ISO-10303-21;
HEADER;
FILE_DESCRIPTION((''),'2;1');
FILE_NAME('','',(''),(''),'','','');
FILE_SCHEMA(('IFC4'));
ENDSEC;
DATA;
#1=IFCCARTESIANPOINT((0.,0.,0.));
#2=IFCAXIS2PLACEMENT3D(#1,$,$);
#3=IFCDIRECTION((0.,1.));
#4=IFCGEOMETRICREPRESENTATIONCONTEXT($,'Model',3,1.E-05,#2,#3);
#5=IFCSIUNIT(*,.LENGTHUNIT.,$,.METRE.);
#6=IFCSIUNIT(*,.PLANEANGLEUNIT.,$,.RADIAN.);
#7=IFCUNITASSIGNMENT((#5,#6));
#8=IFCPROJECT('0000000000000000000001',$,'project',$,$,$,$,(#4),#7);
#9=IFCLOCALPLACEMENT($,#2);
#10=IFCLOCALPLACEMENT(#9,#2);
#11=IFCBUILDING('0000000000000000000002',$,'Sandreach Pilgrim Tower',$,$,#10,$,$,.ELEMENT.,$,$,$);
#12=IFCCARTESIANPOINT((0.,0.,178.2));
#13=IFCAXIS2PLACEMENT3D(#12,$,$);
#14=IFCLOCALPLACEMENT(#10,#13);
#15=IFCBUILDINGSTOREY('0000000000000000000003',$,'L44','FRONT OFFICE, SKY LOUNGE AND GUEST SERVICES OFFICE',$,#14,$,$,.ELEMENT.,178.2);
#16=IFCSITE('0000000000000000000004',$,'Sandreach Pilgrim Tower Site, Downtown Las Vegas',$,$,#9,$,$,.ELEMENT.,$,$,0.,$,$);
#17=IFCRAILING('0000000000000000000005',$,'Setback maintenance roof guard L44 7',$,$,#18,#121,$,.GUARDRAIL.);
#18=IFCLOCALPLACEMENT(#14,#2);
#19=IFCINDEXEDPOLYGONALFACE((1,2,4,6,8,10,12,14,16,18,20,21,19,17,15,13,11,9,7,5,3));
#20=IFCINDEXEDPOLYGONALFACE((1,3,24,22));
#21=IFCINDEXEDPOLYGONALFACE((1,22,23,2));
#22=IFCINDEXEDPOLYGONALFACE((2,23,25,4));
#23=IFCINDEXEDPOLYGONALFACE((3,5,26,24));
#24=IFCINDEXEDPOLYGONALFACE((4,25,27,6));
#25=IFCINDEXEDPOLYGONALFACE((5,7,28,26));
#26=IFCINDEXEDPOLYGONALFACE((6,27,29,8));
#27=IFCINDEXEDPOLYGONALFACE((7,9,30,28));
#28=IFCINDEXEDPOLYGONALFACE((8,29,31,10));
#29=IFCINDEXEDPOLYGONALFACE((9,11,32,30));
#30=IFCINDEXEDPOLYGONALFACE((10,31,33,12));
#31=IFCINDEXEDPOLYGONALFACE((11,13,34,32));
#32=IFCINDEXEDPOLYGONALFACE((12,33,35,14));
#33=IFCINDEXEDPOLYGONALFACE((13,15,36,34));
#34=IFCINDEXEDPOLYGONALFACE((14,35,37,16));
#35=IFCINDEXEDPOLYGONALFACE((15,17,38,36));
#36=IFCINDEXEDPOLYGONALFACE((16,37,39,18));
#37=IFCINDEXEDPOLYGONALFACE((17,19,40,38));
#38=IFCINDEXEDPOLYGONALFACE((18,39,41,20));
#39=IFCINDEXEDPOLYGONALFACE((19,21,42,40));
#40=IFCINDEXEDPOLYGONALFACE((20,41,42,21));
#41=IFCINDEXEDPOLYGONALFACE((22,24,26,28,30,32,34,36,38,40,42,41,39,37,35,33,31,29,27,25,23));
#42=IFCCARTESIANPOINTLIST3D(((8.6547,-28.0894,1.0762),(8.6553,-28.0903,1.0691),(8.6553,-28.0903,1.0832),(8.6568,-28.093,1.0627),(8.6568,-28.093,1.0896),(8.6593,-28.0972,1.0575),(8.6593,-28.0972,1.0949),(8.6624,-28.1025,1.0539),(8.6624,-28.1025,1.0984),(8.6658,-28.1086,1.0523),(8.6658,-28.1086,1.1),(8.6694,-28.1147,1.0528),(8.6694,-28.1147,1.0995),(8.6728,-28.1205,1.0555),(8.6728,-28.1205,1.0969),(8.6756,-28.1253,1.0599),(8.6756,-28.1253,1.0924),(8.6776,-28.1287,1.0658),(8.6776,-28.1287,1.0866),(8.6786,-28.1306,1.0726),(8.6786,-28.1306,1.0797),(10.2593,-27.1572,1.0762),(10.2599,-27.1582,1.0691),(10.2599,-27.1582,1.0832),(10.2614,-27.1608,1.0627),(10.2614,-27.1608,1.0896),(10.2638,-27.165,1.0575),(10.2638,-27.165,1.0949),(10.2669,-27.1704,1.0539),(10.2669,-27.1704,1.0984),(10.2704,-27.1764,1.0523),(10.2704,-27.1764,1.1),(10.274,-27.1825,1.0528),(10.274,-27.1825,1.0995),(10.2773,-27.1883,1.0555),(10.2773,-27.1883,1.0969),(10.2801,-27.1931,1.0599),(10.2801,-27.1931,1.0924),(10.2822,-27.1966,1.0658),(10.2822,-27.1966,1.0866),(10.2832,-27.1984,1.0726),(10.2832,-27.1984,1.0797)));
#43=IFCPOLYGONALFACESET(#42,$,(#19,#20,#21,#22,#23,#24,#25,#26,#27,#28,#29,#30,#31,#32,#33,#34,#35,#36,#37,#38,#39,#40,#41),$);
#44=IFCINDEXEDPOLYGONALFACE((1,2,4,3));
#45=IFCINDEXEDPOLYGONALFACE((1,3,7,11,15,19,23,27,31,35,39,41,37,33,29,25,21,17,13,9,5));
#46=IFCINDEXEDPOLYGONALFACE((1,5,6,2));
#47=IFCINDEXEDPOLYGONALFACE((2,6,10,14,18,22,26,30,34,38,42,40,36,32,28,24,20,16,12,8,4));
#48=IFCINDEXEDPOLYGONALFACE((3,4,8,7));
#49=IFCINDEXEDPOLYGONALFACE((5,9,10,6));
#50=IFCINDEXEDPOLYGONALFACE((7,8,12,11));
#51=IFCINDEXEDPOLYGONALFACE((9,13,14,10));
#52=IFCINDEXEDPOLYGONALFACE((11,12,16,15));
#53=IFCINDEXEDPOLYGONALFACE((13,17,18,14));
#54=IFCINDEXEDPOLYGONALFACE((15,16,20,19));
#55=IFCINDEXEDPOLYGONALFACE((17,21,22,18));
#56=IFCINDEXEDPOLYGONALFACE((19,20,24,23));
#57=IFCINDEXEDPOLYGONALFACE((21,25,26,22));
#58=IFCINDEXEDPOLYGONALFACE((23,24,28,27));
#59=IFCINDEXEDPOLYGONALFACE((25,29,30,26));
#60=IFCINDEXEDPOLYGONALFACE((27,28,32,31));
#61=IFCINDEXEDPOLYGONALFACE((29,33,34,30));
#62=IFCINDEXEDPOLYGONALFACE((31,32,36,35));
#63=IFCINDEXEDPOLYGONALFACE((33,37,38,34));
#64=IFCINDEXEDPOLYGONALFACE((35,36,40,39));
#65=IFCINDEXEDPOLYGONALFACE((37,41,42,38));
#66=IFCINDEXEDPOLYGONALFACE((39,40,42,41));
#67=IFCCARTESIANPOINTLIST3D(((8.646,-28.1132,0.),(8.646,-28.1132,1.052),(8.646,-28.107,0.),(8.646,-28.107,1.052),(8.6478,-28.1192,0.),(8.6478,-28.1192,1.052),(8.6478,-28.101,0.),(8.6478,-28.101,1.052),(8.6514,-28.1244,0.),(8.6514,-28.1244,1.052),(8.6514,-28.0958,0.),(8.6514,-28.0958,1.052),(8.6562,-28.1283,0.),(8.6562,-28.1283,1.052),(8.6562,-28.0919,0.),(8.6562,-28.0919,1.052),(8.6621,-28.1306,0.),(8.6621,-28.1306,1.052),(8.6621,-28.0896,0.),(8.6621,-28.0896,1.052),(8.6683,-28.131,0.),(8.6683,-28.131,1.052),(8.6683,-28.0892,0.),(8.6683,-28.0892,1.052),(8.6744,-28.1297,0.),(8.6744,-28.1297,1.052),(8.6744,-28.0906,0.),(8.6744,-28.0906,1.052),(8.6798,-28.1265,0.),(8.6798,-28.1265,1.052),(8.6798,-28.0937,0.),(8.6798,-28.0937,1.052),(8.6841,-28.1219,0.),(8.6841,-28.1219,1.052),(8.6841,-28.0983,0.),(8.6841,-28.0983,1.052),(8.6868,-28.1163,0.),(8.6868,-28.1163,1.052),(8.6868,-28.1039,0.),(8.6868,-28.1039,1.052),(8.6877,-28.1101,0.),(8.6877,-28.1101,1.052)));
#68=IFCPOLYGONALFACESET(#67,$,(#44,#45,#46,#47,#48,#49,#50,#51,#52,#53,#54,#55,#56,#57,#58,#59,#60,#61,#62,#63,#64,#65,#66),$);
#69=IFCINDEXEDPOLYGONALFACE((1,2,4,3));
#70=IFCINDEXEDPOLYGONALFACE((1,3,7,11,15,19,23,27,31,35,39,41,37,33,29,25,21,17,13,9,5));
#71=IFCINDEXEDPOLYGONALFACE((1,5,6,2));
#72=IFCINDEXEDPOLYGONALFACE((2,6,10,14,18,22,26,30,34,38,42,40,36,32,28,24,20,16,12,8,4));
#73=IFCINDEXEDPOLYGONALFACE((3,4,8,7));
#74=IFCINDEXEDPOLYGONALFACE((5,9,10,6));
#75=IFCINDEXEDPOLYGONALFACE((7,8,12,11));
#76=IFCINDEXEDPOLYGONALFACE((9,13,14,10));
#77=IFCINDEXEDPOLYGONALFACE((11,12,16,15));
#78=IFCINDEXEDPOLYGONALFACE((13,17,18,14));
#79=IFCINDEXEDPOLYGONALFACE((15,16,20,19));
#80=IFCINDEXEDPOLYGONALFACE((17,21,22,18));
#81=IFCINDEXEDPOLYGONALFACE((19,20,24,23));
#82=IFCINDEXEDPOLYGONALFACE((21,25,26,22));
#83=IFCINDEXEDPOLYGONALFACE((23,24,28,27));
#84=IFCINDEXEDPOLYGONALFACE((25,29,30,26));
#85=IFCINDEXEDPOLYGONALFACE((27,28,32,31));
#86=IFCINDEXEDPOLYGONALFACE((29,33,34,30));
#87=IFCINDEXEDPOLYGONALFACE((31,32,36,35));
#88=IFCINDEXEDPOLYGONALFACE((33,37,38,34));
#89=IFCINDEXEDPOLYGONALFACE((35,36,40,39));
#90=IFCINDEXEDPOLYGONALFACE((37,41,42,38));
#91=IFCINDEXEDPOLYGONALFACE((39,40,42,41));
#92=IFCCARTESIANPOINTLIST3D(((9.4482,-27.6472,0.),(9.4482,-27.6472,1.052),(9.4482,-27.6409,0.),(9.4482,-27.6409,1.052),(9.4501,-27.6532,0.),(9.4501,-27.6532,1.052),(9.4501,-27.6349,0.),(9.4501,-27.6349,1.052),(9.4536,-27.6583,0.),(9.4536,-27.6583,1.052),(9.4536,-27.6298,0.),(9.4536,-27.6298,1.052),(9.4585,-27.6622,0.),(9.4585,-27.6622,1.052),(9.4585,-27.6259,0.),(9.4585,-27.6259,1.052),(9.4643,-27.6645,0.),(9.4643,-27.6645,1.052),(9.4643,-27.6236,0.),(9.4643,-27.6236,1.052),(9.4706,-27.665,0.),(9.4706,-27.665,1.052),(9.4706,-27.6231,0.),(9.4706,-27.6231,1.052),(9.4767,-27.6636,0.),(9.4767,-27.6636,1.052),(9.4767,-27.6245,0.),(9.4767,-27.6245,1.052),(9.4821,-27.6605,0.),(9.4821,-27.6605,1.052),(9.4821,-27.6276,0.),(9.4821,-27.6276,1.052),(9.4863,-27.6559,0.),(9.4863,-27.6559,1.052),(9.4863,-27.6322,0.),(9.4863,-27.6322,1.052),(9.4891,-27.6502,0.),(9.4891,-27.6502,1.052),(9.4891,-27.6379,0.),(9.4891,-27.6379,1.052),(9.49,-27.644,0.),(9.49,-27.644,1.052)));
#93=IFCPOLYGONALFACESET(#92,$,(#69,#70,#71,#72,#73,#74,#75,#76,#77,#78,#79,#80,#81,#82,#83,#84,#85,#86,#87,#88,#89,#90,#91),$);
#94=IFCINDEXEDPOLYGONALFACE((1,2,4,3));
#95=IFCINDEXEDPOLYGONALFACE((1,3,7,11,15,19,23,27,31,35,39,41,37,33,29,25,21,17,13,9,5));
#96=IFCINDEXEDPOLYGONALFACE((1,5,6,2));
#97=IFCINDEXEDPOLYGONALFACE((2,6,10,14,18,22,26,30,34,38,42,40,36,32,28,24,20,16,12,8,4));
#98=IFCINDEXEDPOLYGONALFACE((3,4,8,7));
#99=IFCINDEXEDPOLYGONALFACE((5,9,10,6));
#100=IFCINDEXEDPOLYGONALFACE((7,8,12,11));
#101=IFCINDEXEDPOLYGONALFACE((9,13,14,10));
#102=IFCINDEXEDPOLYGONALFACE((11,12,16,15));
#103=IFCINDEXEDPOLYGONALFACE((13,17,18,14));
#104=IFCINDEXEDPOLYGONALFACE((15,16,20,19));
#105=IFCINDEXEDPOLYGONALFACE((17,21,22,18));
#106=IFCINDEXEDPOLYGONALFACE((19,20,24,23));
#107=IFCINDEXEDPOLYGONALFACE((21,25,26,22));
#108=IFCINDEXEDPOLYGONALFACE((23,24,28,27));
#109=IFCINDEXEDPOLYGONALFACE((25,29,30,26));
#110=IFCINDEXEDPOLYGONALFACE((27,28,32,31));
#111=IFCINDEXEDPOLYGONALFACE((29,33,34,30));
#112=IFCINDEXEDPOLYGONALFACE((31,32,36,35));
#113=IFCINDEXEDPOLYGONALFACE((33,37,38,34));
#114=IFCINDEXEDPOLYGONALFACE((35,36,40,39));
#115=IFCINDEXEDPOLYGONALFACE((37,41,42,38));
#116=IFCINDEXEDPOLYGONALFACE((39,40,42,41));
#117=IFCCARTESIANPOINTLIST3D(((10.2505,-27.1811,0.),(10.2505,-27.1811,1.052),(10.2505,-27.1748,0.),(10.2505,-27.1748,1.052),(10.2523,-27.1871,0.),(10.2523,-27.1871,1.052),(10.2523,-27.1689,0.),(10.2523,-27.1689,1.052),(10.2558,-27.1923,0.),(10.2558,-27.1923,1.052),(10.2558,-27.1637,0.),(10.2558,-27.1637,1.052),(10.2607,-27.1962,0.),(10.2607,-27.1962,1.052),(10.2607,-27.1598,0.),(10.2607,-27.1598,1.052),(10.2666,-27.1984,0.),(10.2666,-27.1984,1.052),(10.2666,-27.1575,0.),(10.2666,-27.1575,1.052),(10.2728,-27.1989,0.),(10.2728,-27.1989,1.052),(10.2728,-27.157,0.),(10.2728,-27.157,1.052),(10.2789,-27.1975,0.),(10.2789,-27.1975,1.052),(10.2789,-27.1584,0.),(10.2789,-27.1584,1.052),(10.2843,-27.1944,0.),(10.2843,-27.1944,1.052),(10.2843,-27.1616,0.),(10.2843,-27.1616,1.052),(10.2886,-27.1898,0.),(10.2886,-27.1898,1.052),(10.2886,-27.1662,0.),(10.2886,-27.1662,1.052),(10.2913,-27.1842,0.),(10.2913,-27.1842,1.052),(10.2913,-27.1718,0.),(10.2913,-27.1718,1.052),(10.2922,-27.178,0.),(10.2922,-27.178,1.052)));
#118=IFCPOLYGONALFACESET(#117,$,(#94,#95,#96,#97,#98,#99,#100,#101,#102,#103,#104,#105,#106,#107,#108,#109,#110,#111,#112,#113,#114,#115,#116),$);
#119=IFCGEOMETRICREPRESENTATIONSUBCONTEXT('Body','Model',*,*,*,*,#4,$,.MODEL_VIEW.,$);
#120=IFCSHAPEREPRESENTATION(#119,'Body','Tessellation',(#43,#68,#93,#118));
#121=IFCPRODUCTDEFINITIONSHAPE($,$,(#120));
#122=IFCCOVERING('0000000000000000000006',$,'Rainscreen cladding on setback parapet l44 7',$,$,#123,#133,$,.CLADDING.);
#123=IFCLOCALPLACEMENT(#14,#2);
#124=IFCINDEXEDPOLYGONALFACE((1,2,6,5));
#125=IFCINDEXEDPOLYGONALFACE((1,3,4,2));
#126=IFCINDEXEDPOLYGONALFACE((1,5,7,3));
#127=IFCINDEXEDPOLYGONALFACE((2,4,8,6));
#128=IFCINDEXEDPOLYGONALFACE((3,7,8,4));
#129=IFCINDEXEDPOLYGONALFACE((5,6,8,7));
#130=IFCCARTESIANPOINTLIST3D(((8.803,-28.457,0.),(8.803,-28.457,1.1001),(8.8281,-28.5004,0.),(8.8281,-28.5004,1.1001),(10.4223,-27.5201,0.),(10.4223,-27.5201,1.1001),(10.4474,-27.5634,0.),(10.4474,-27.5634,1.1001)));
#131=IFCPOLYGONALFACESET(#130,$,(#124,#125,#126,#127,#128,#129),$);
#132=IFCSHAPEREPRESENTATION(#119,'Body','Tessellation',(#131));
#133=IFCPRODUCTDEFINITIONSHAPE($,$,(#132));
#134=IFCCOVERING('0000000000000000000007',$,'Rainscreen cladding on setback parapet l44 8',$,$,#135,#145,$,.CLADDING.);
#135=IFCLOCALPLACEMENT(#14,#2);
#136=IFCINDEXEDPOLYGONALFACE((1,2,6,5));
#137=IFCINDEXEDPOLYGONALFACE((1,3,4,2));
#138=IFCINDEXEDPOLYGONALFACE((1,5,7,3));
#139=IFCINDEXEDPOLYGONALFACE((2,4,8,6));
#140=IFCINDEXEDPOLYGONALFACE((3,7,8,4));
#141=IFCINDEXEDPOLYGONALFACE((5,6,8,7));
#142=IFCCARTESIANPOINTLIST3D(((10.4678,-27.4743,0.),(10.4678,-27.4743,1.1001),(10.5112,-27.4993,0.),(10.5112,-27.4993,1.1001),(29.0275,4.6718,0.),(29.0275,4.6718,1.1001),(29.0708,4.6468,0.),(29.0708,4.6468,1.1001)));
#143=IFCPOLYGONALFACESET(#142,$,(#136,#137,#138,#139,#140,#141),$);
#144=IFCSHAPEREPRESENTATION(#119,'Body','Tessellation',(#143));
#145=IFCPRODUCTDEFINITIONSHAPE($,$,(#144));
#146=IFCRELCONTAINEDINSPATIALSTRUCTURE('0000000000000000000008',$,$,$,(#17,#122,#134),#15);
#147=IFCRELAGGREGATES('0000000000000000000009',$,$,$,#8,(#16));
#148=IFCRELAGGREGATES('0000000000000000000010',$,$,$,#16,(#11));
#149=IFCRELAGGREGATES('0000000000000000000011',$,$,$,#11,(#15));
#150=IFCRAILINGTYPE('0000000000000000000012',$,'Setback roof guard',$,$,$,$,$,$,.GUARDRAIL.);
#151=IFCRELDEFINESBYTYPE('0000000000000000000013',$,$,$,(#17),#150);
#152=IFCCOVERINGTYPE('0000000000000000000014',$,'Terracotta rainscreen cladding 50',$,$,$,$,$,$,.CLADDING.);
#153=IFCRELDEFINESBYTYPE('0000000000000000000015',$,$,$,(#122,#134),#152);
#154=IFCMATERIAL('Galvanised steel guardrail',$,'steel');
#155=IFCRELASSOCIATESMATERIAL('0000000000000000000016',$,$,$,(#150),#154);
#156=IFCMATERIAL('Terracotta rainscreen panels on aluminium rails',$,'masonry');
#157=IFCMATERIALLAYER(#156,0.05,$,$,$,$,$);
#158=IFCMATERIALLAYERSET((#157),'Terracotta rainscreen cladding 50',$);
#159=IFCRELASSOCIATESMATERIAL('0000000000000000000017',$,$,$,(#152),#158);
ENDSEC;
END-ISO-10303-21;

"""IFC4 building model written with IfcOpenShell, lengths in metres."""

from ifc_helpers import new_model, si_unit, direction, frame, frame_2d, origin, origin_2d, place, context, subcontext, project, spatial, rectangle, circle, extrude, material, layer, layer_set, type_object, element, save


model = new_model("IFC4")

# Units and contexts
model_context = context("Model", 3, precision=1e-05, world=origin(), true_north=direction((0.0, 1.0)))
body_context = subcontext(model_context, "Body", "Model", "MODEL_VIEW")
ifc_project = project(units=[si_unit("LENGTHUNIT", "METRE"), si_unit("PLANEANGLEUNIT", "RADIAN")], contexts=[model_context])

# Site, building, storey
site_placement = place(None, origin())
site = spatial("IfcSite", under=ifc_project, at=site_placement, Name="Sandreach Pilgrim Tower Site, Downtown Las Vegas", CompositionType="ELEMENT", RefElevation=0.0)
building_placement = place(site_placement, origin())
building = spatial("IfcBuilding", under=site, at=building_placement, Name="Sandreach Pilgrim Tower", CompositionType="ELEMENT")
storey_placement = place(building_placement, frame((0.0, 0.0, 178.2)))
storey = spatial("IfcBuildingStorey", under=building, at=storey_placement, Name="L44", Description="FRONT OFFICE, SKY LOUNGE AND GUEST SERVICES OFFICE", CompositionType="ELEMENT", Elevation=178.2)

# Railing
ifc_material_1 = material(Name="Galvanised steel guardrail", Category="steel")
railing_type = type_object("IfcRailingType", Name="Setback roof guard", PredefinedType="GUARDRAIL", material=ifc_material_1)
railing_1_placement = place(storey_placement, frame((8.6667, -28.1101, 0.0)))
element("IfcRailing", 1, at=railing_1_placement, inside=storey, type_object=railing_type, Name="Setback maintenance roof guard L44 7", PredefinedType="GUARDRAIL", context=body_context, shape_type="SweptSolid", body=[
    extrude(circle(Radius=0.0239, at=origin_2d()), frame((0.0, 0.0, 1.0762), z_axis=(0.864675, 0.502332, 0.0), x_axis=(-0.502332, 0.864675, 0.0)), (0.0, 0.0, 1.0), 1.8557),
    extrude(circle(Radius=0.021, at=origin_2d()), origin(), (0.0, 0.0, 1.0), 1.052),
    extrude(circle(Radius=0.021, at=origin_2d()), frame((0.8022, 0.4661, 0.0)), (0.0, 0.0, 1.0), 1.052),
    extrude(circle(Radius=0.021, at=origin_2d()), frame((1.6045, 0.9321, 0.0)), (0.0, 0.0, 1.0), 1.052),
])

# Coverings
ifc_material_2 = material(Name="Terracotta rainscreen panels on aluminium rails", Category="masonry")
ifc_layer_1 = layer(ifc_material_2, 0.05)
ifc_layer_set_1 = layer_set([ifc_layer_1], Name="Terracotta rainscreen cladding 50")
covering_type = type_object("IfcCoveringType", Name="Terracotta rainscreen cladding 50", PredefinedType="CLADDING", material=ifc_layer_set_1)
covering_1_placement = place(storey_placement, frame((8.8154, -28.4788, 0.0), z_axis=(0.0, 0.0, 1.0), x_axis=(0.865548, 0.500825, 0.0)))
element("IfcCovering", 2, at=covering_1_placement, inside=storey, type_object=covering_type, Name="Rainscreen cladding on setback parapet l44 7", PredefinedType="CLADDING", context=body_context, shape_type="SweptSolid", body=[
    extrude(rectangle(XDim=1.8708, YDim=0.05, at=frame_2d((0.9355, 0.0))), origin(), (0.0, 0.0, 1.0), 1.1001),
])
covering_2_placement = place(storey_placement, frame((10.4895, -27.4868, 0.0), z_axis=(0.0, 0.0, 1.0), x_axis=(0.500001, 0.866025, 0.0)))
element("IfcCovering", 3, at=covering_2_placement, inside=storey, type_object=covering_type, Name="Rainscreen cladding on setback parapet l44 8", PredefinedType="CLADDING", context=body_context, shape_type="SweptSolid", body=[
    extrude(rectangle(XDim=37.1191, YDim=0.05, at=frame_2d((18.5596, 0.0))), origin(), (0.0, 0.0, 1.0), 1.1001),
])

save(model, "model.ifc")
